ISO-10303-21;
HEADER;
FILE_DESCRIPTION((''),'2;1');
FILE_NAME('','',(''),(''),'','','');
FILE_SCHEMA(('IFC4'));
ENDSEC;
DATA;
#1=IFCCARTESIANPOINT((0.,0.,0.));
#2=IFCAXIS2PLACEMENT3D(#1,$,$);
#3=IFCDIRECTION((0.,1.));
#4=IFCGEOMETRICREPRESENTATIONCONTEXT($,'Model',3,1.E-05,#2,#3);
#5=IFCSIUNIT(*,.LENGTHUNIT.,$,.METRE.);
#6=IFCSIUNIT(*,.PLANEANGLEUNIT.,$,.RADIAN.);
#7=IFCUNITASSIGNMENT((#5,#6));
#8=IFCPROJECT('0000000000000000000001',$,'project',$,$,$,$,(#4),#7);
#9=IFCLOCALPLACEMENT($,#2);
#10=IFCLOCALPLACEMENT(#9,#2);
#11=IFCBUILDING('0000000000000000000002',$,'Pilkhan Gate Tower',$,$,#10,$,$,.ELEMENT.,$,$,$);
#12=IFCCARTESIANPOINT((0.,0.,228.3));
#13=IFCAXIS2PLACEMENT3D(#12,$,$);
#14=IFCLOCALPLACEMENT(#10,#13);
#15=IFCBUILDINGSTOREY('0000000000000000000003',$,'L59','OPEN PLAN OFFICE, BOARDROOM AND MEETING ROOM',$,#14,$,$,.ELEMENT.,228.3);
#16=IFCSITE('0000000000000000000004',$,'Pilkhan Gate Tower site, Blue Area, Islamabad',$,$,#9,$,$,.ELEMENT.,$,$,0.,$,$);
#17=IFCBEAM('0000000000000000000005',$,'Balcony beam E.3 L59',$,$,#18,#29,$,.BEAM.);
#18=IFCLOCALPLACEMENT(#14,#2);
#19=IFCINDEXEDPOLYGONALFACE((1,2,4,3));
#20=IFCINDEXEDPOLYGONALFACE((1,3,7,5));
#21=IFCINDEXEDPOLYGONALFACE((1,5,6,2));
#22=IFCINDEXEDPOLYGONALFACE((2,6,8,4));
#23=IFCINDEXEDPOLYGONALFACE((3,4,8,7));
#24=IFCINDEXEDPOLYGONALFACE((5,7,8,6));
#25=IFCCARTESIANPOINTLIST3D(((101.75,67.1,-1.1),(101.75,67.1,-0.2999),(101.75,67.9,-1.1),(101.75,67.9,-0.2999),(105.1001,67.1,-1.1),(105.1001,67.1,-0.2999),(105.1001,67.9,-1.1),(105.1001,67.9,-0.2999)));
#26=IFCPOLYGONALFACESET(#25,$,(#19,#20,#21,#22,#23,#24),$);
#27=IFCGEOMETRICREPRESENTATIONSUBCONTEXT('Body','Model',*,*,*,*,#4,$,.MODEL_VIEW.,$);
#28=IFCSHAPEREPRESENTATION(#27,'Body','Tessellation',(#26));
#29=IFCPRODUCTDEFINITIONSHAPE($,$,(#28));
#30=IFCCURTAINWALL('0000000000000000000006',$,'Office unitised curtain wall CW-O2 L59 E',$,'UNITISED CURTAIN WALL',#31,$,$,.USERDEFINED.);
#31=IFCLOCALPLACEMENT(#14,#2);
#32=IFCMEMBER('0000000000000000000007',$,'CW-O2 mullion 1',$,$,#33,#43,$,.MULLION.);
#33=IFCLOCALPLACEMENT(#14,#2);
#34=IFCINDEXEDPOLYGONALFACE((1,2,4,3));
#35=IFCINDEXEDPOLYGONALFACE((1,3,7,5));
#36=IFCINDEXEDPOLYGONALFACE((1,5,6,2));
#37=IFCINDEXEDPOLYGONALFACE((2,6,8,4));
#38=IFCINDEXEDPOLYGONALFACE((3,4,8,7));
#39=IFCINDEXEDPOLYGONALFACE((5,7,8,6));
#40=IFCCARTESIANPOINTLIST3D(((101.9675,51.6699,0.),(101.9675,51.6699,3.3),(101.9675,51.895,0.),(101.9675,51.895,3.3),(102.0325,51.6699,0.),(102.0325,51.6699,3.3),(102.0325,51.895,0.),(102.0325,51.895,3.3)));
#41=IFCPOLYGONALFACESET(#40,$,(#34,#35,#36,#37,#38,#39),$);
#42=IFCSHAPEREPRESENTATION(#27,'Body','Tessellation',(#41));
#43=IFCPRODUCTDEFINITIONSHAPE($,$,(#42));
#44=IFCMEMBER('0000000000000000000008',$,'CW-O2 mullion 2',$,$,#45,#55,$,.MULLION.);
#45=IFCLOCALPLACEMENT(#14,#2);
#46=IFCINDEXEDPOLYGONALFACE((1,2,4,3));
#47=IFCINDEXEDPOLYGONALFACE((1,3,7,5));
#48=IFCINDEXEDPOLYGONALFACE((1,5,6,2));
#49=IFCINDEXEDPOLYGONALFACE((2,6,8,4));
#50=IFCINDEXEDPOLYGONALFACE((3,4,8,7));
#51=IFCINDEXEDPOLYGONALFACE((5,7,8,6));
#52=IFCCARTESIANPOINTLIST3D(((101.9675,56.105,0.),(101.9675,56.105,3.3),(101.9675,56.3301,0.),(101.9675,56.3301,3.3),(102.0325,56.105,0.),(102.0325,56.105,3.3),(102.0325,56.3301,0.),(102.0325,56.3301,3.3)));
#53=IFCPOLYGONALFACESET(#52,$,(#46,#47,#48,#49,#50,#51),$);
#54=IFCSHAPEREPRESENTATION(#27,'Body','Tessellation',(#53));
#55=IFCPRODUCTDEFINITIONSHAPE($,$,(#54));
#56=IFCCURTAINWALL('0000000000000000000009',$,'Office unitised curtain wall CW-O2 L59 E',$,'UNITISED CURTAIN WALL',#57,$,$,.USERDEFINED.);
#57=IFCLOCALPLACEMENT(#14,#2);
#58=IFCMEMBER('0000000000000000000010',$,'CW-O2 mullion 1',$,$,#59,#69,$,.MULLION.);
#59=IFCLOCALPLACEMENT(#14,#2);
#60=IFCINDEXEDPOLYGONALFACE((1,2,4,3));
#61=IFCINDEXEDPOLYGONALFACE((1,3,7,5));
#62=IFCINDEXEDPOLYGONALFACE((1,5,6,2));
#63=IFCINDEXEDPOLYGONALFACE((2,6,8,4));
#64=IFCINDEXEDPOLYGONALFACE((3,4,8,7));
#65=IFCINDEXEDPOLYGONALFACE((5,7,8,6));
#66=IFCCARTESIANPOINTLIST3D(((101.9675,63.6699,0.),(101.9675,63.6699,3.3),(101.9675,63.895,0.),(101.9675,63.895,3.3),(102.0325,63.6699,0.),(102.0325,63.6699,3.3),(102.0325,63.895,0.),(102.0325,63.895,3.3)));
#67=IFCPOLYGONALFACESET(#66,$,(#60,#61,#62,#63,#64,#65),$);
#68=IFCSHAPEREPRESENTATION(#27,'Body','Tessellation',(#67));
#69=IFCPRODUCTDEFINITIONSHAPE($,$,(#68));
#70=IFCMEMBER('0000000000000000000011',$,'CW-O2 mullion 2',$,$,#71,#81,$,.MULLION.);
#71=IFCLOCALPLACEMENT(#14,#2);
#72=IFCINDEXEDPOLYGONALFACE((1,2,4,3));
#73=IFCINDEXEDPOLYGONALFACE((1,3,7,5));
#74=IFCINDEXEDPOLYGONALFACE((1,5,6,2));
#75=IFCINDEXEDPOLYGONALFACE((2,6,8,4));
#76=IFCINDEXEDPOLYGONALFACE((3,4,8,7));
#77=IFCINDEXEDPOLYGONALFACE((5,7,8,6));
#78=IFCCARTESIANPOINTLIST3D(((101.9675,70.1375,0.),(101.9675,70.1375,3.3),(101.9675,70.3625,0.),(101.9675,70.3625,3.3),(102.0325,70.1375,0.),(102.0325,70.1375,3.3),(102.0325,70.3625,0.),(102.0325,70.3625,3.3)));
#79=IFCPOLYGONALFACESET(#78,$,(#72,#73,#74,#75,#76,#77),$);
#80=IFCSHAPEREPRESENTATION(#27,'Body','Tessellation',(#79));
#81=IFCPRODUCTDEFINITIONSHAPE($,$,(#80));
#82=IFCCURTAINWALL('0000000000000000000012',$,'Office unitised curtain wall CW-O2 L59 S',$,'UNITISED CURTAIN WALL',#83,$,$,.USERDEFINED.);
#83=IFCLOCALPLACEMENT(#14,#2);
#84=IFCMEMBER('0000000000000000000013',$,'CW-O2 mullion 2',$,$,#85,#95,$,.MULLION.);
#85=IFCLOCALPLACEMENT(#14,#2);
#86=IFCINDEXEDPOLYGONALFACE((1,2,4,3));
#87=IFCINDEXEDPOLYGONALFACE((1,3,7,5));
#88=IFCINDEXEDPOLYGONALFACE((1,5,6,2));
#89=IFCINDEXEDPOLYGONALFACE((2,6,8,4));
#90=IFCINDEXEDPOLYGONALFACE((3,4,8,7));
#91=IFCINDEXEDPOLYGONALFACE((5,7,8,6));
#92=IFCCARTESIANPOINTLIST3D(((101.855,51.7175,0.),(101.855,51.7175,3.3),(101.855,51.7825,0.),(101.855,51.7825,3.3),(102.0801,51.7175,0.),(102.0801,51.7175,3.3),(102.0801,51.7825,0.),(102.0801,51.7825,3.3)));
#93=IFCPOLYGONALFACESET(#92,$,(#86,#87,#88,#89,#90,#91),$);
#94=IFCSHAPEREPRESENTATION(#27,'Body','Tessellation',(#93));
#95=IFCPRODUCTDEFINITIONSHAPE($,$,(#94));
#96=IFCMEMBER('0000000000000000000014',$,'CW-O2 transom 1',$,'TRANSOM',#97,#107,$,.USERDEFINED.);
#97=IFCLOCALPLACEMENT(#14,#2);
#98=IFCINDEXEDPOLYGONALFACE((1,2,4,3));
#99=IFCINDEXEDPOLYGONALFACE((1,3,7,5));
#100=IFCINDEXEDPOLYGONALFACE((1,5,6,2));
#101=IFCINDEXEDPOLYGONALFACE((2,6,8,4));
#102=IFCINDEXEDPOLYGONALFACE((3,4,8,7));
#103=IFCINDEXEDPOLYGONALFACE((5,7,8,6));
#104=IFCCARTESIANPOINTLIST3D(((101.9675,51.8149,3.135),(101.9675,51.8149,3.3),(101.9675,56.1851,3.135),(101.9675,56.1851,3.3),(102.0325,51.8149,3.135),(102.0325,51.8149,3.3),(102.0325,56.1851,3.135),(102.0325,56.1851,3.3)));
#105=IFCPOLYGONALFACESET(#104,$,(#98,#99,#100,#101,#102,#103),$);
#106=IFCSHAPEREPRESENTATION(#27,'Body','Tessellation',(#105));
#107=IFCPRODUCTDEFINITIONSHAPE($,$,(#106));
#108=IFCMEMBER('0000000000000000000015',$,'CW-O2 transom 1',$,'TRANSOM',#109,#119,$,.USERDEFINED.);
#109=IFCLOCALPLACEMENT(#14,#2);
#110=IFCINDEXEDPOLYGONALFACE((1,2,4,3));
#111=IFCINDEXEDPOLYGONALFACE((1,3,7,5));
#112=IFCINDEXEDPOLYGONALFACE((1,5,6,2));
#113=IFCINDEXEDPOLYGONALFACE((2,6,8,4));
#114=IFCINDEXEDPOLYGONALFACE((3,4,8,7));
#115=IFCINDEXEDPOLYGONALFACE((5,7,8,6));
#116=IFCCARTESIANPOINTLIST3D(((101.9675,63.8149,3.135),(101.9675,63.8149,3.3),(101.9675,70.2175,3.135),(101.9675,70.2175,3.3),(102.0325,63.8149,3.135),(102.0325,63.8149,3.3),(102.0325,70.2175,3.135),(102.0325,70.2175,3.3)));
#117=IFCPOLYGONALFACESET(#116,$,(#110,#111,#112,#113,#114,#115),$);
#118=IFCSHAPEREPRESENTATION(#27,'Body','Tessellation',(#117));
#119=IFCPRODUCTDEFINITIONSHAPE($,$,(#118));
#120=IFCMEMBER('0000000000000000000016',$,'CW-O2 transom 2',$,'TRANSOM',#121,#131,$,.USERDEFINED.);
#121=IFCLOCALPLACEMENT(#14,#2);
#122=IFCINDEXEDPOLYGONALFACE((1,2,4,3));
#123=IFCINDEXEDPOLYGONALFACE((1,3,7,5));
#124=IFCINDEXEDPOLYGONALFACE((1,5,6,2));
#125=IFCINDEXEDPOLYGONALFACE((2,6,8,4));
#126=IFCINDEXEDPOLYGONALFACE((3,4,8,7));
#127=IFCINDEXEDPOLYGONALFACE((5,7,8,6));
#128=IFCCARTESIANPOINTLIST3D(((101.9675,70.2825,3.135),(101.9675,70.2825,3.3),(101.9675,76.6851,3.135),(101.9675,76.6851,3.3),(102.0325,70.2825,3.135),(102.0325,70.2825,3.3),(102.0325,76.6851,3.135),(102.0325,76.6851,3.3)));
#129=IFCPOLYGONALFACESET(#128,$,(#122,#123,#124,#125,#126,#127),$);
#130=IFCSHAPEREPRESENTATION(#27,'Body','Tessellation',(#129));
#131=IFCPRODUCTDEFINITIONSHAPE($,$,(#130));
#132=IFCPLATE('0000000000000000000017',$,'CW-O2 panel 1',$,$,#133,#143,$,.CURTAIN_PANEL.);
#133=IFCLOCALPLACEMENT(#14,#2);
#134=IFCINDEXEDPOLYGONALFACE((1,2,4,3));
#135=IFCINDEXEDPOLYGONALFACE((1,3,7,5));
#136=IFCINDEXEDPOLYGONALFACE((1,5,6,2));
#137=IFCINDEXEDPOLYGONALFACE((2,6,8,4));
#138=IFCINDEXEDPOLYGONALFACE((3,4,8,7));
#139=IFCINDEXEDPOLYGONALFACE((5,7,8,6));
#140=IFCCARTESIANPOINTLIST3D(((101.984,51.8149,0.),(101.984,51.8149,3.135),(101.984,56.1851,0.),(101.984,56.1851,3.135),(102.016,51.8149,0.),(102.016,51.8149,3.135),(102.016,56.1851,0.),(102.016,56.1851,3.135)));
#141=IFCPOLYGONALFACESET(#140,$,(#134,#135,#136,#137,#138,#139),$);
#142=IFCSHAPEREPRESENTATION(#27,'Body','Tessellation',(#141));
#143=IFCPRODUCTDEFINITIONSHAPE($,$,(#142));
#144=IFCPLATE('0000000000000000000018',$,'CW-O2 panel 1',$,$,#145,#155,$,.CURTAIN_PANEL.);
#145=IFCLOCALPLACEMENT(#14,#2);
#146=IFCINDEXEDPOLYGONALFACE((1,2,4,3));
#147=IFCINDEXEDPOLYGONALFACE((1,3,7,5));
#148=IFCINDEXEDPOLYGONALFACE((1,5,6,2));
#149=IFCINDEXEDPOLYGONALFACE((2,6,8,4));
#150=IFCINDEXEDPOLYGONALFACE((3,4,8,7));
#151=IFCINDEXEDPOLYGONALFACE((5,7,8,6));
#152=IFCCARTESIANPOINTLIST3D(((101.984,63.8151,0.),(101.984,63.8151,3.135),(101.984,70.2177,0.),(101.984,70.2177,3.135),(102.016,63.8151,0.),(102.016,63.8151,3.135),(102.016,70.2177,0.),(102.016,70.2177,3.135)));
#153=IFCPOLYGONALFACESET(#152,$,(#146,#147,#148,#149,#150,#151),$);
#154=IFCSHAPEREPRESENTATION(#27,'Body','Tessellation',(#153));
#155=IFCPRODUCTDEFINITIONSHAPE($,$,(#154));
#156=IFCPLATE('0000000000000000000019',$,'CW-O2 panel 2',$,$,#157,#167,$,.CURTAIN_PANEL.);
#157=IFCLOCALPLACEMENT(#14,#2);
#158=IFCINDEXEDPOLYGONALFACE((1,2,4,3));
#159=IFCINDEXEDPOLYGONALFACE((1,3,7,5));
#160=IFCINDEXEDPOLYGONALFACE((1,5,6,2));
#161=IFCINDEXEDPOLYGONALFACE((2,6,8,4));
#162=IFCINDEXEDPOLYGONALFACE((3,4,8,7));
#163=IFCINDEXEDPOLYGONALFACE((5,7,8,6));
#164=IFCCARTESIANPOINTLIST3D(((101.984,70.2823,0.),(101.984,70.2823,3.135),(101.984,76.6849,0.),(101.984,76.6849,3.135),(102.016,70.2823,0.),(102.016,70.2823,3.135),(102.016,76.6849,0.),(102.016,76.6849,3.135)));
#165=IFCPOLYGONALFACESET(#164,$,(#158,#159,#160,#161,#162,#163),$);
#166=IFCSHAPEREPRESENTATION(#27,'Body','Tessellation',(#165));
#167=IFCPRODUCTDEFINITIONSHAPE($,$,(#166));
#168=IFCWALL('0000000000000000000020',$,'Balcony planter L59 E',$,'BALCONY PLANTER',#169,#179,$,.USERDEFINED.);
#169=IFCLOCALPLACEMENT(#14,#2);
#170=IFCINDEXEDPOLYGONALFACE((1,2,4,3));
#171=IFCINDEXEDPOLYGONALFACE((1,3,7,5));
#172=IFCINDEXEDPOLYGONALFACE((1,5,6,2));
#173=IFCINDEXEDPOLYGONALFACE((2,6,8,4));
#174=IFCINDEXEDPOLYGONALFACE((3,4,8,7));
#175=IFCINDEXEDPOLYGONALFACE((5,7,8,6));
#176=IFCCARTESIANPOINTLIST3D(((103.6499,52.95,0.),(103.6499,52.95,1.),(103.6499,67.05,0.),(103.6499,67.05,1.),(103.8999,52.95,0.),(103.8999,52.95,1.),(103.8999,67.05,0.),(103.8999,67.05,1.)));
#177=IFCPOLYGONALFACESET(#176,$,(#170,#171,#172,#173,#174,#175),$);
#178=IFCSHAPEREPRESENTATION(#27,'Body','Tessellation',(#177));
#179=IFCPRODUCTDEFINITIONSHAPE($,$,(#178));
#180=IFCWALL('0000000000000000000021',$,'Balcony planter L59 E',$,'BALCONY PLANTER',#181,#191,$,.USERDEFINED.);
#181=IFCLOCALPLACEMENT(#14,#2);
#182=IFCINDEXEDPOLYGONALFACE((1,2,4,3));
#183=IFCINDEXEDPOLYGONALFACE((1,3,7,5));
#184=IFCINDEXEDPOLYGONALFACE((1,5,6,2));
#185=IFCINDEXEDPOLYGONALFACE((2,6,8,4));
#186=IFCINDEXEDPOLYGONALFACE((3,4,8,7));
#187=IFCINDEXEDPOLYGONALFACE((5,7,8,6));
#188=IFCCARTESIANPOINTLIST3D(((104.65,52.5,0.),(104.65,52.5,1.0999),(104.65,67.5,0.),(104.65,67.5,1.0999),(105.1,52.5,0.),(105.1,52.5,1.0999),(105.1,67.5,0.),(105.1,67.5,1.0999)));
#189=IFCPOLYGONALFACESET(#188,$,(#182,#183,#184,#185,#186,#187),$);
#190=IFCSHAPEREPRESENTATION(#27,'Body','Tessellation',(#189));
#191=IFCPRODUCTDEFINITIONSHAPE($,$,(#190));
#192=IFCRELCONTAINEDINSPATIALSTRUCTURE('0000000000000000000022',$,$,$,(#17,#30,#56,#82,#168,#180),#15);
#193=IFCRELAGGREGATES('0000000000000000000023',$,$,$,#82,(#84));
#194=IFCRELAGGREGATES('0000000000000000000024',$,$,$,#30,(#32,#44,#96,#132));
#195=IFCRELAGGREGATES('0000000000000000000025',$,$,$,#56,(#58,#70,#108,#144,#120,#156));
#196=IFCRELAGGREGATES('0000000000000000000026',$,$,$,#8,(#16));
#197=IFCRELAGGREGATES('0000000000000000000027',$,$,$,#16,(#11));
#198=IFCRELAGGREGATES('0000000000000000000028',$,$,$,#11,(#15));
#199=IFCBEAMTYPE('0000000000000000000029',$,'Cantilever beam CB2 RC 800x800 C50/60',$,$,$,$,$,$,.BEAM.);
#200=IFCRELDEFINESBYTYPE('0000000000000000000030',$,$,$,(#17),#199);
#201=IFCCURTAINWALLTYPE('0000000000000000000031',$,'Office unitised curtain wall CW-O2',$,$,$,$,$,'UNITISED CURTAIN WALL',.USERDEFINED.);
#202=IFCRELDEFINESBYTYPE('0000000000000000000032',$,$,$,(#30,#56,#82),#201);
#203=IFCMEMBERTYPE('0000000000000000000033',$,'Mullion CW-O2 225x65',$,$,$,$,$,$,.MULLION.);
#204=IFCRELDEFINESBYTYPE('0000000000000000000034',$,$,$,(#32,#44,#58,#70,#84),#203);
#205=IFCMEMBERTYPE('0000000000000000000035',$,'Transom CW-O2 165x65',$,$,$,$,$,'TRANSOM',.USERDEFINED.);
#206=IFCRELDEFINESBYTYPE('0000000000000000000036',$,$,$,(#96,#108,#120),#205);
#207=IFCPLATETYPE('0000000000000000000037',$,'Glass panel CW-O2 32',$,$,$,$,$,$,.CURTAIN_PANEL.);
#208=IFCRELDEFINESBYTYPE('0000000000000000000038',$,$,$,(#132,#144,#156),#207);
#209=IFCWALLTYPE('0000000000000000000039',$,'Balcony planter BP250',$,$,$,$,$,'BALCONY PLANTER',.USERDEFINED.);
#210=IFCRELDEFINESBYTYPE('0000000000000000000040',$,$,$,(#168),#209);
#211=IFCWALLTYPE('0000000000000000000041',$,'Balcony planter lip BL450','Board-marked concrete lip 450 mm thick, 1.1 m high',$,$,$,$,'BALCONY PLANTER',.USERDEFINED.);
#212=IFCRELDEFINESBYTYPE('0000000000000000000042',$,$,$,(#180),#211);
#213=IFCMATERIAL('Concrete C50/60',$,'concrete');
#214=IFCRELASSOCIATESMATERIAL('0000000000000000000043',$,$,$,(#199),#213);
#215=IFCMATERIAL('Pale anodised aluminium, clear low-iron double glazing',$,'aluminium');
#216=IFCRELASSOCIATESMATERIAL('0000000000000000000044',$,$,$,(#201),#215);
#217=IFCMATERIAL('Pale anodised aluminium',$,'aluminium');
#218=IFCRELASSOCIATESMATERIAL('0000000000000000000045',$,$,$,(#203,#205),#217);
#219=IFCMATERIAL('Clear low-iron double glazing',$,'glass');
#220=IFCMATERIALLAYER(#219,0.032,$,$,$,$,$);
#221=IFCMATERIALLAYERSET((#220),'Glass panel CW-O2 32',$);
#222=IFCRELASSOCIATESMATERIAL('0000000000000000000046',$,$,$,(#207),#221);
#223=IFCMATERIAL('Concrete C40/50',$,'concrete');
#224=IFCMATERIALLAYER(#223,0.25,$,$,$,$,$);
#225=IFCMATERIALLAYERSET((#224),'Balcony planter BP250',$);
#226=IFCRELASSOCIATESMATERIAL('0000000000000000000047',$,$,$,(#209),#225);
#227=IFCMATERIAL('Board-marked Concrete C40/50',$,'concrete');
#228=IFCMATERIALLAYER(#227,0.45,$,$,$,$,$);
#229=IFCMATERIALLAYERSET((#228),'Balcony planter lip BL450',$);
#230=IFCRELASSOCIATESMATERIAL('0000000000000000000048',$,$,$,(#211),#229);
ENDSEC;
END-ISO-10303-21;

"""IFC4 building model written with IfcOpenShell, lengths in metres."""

from ifc_helpers import new_model, si_unit, direction, frame, frame_2d, origin, origin_2d, place, context, subcontext, project, spatial, rectangle, extrude, material, layer, layer_set, material_profile, profile_set, type_object, element, aggregate, save


model = new_model("IFC4")

# Units and contexts
model_context = context("Model", 3, precision=1e-05, world=origin(), true_north=direction((0.0, 1.0)))
body_context = subcontext(model_context, "Body", "Model", "MODEL_VIEW")
ifc_project = project(units=[si_unit("LENGTHUNIT", "METRE"), si_unit("PLANEANGLEUNIT", "RADIAN")], contexts=[model_context])

# Site, building, storey
site_placement = place(None, origin())
site = spatial("IfcSite", under=ifc_project, at=site_placement, Name="Pilkhan Gate Tower site, Blue Area, Islamabad", CompositionType="ELEMENT", RefElevation=0.0)
building_placement = place(site_placement, origin())
building = spatial("IfcBuilding", under=site, at=building_placement, Name="Pilkhan Gate Tower", CompositionType="ELEMENT")
storey_placement = place(building_placement, frame((0.0, 0.0, 228.3)))
storey = spatial("IfcBuildingStorey", under=building, at=storey_placement, Name="L59", Description="OPEN PLAN OFFICE, BOARDROOM AND MEETING ROOM", CompositionType="ELEMENT", Elevation=228.3)

# Beam
ifc_material_1 = material(Name="Concrete C50/60", Category="concrete")
ifc_material_profile_1 = material_profile(ifc_material_1, rectangle(XDim=0.8, YDim=0.8, at=origin_2d()), Name="RC 800x800")
ifc_profile_set_1 = profile_set([ifc_material_profile_1], Name="Concrete C50/60")
beam_type = type_object("IfcBeamType", Name="Cantilever beam CB2 RC 800x800 C50/60", PredefinedType="BEAM", material=ifc_profile_set_1)
beam_placement = place(storey_placement, frame((101.75, 67.5, -0.7), z_axis=(1.0, 0.0, 0.0), x_axis=(0.0, 1.0, 0.0)))
element("IfcBeam", 1, at=beam_placement, inside=storey, type_object=beam_type, Name="Balcony beam E.3 L59", PredefinedType="BEAM", context=body_context, shape_type="SweptSolid", body=[
    extrude(rectangle(XDim=0.8, YDim=0.8, at=origin_2d()), origin(), (0.0, 0.0, 1.0), 3.3501),
])

# Curtain walls, members
ifc_material_2 = material(Name="Pale anodised aluminium, clear low-iron double glazing", Category="aluminium")
curtain_wall_type = type_object("IfcCurtainWallType", Name="Office unitised curtain wall CW-O2", ElementType="UNITISED CURTAIN WALL", PredefinedType="USERDEFINED", material=ifc_material_2)
curtain_wall_1_placement = place(storey_placement, origin())
curtain_wall_1 = element("IfcCurtainWall", 2, at=curtain_wall_1_placement, inside=storey, type_object=curtain_wall_type, Name="Office unitised curtain wall CW-O2 L59 E", ObjectType="UNITISED CURTAIN WALL", PredefinedType="USERDEFINED")
ifc_material_3 = material(Name="Pale anodised aluminium", Category="aluminium")
ifc_material_profile_2 = material_profile(ifc_material_3, rectangle(XDim=0.0649, YDim=0.2251, at=origin_2d()), Name="Mullion 225x65")
ifc_profile_set_2 = profile_set([ifc_material_profile_2], Name="Pale anodised aluminium")
member_type_1 = type_object("IfcMemberType", Name="Mullion CW-O2 225x65", PredefinedType="MULLION", material=ifc_profile_set_2)
member_1_placement = place(storey_placement, frame((102.0, 51.7825, 0.0), z_axis=(0.0, 0.0, 1.0), x_axis=(-1.0, 0.0, 0.0)))
member_1 = element("IfcMember", 3, at=member_1_placement, type_object=member_type_1, Name="CW-O2 mullion 1", PredefinedType="MULLION", context=body_context, shape_type="SweptSolid", body=[
    extrude(rectangle(XDim=0.0649, YDim=0.2251, at=origin_2d()), origin(), (0.0, 0.0, 1.0), 3.3),
])
member_2_placement = place(storey_placement, frame((102.0, 56.2175, 0.0), z_axis=(0.0, 0.0, 1.0), x_axis=(-1.0, 0.0, 0.0)))
member_2 = element("IfcMember", 4, at=member_2_placement, type_object=member_type_1, Name="CW-O2 mullion 2", PredefinedType="MULLION", context=body_context, shape_type="SweptSolid", body=[
    extrude(rectangle(XDim=0.0649, YDim=0.2251, at=origin_2d()), origin(), (0.0, 0.0, 1.0), 3.3),
])
curtain_wall_2_placement = place(storey_placement, origin())
curtain_wall_2 = element("IfcCurtainWall", 5, at=curtain_wall_2_placement, inside=storey, type_object=curtain_wall_type, Name="Office unitised curtain wall CW-O2 L59 E", ObjectType="UNITISED CURTAIN WALL", PredefinedType="USERDEFINED")
member_3_placement = place(storey_placement, frame((102.0, 63.7825, 0.0), z_axis=(0.0, 0.0, 1.0), x_axis=(-1.0, 0.0, 0.0)))
member_3 = element("IfcMember", 6, at=member_3_placement, type_object=member_type_1, Name="CW-O2 mullion 1", PredefinedType="MULLION", context=body_context, shape_type="SweptSolid", body=[
    extrude(rectangle(XDim=0.0649, YDim=0.2251, at=origin_2d()), origin(), (0.0, 0.0, 1.0), 3.3),
])
member_4_placement = place(storey_placement, frame((102.0, 70.25, 0.0), z_axis=(0.0, 0.0, 1.0), x_axis=(-1.0, 0.0, 0.0)))
member_4 = element("IfcMember", 7, at=member_4_placement, type_object=member_type_1, Name="CW-O2 mullion 2", PredefinedType="MULLION", context=body_context, shape_type="SweptSolid", body=[
    extrude(rectangle(XDim=0.0649, YDim=0.2251, at=origin_2d()), origin(), (0.0, 0.0, 1.0), 3.3),
])

# Curtain wall, member
curtain_wall_3_placement = place(storey_placement, origin())
curtain_wall_3 = element("IfcCurtainWall", 8, at=curtain_wall_3_placement, inside=storey, type_object=curtain_wall_type, Name="Office unitised curtain wall CW-O2 L59 S", ObjectType="UNITISED CURTAIN WALL", PredefinedType="USERDEFINED")
member_5_placement = place(storey_placement, frame((101.9675, 51.75, 0.0), z_axis=(0.0, 0.0, 1.0), x_axis=(0.0, 1.0, 0.0)))
member_5 = element("IfcMember", 9, at=member_5_placement, type_object=member_type_1, Name="CW-O2 mullion 2", PredefinedType="MULLION", context=body_context, shape_type="SweptSolid", body=[
    extrude(rectangle(XDim=0.0649, YDim=0.2251, at=origin_2d()), origin(), (0.0, 0.0, 1.0), 3.3),
])
aggregate(curtain_wall_3, [member_5])

# Members
ifc_material_profile_3 = material_profile(ifc_material_3, rectangle(XDim=0.0649, YDim=0.165, at=origin_2d()), Name="Transom 165x65")
ifc_profile_set_3 = profile_set([ifc_material_profile_3], Name="Pale anodised aluminium")
member_type_2 = type_object("IfcMemberType", Name="Transom CW-O2 165x65", ElementType="TRANSOM", PredefinedType="USERDEFINED", material=ifc_profile_set_3)
member_6_placement = place(storey_placement, frame((102.0, 51.8149, 3.2175), z_axis=(0.0, 1.0, 0.0), x_axis=(-1.0, 0.0, 0.0)))
member_6 = element("IfcMember", 10, at=member_6_placement, type_object=member_type_2, Name="CW-O2 transom 1", ObjectType="TRANSOM", PredefinedType="USERDEFINED", context=body_context, shape_type="SweptSolid", body=[
    extrude(rectangle(XDim=0.0649, YDim=0.165, at=origin_2d()), origin(), (0.0, 0.0, 1.0), 4.3701),
])
member_7_placement = place(storey_placement, frame((102.0, 63.8149, 3.2175), z_axis=(0.0, 1.0, 0.0), x_axis=(-1.0, 0.0, 0.0)))
member_7 = element("IfcMember", 11, at=member_7_placement, type_object=member_type_2, Name="CW-O2 transom 1", ObjectType="TRANSOM", PredefinedType="USERDEFINED", context=body_context, shape_type="SweptSolid", body=[
    extrude(rectangle(XDim=0.0649, YDim=0.165, at=origin_2d()), origin(), (0.0, 0.0, 1.0), 6.4026),
])
member_8_placement = place(storey_placement, frame((102.0, 70.2825, 3.2175), z_axis=(0.0, 1.0, 0.0), x_axis=(-1.0, 0.0, 0.0)))
member_8 = element("IfcMember", 12, at=member_8_placement, type_object=member_type_2, Name="CW-O2 transom 2", ObjectType="TRANSOM", PredefinedType="USERDEFINED", context=body_context, shape_type="SweptSolid", body=[
    extrude(rectangle(XDim=0.0649, YDim=0.165, at=origin_2d()), origin(), (0.0, 0.0, 1.0), 6.4026),
])

# Plates
ifc_material_4 = material(Name="Clear low-iron double glazing", Category="glass")
ifc_layer_1 = layer(ifc_material_4, 0.032)
ifc_layer_set_1 = layer_set([ifc_layer_1], Name="Glass panel CW-O2 32")
plate_type = type_object("IfcPlateType", Name="Glass panel CW-O2 32", PredefinedType="CURTAIN_PANEL", material=ifc_layer_set_1)
plate_1_placement = place(storey_placement, frame((102.0, 54.0, 0.0), z_axis=(0.0, 0.0, 1.0), x_axis=(0.0, 1.0, 0.0)))
plate_1 = element("IfcPlate", 13, at=plate_1_placement, type_object=plate_type, Name="CW-O2 panel 1", PredefinedType="CURTAIN_PANEL", context=body_context, shape_type="SweptSolid", body=[
    extrude(rectangle(XDim=4.3701, YDim=0.032, at=origin_2d()), origin(), (0.0, 0.0, 1.0), 3.135),
])
aggregate(curtain_wall_1, [member_1, member_2, member_6, plate_1])
plate_2_placement = place(storey_placement, frame((102.0, 67.0164, 0.0), z_axis=(0.0, 0.0, 1.0), x_axis=(0.0, 1.0, 0.0)))
plate_2 = element("IfcPlate", 14, at=plate_2_placement, type_object=plate_type, Name="CW-O2 panel 1", PredefinedType="CURTAIN_PANEL", context=body_context, shape_type="SweptSolid", body=[
    extrude(rectangle(XDim=6.4026, YDim=0.032, at=origin_2d()), origin(), (0.0, 0.0, 1.0), 3.135),
])
plate_3_placement = place(storey_placement, frame((102.0, 73.4836, 0.0), z_axis=(0.0, 0.0, 1.0), x_axis=(0.0, 1.0, 0.0)))
plate_3 = element("IfcPlate", 15, at=plate_3_placement, type_object=plate_type, Name="CW-O2 panel 2", PredefinedType="CURTAIN_PANEL", context=body_context, shape_type="SweptSolid", body=[
    extrude(rectangle(XDim=6.4026, YDim=0.032, at=origin_2d()), origin(), (0.0, 0.0, 1.0), 3.135),
])
aggregate(curtain_wall_2, [member_3, member_4, member_7, plate_2, member_8, plate_3])

# Walls
ifc_material_5 = material(Name="Concrete C40/50", Category="concrete")
ifc_layer_2 = layer(ifc_material_5, 0.25)
ifc_layer_set_2 = layer_set([ifc_layer_2], Name="Balcony planter BP250")
wall_type_1 = type_object("IfcWallType", Name="Balcony planter BP250", ElementType="BALCONY PLANTER", PredefinedType="USERDEFINED", material=ifc_layer_set_2)
wall_1_placement = place(storey_placement, frame((103.7749, 52.95, 0.0), z_axis=(0.0, 0.0, 1.0), x_axis=(0.0, 1.0, 0.0)))
element("IfcWall", 16, at=wall_1_placement, inside=storey, type_object=wall_type_1, Name="Balcony planter L59 E", ObjectType="BALCONY PLANTER", PredefinedType="USERDEFINED", context=body_context, shape_type="SweptSolid", body=[
    extrude(rectangle(XDim=14.1001, YDim=0.25, at=frame_2d((7.05, 0.0))), origin(), (0.0, 0.0, 1.0), 1.0),
])
ifc_material_6 = material(Name="Board-marked Concrete C40/50", Category="concrete")
ifc_layer_3 = layer(ifc_material_6, 0.45)
ifc_layer_set_3 = layer_set([ifc_layer_3], Name="Balcony planter lip BL450")
wall_type_2 = type_object("IfcWallType", Name="Balcony planter lip BL450", Description="Board-marked concrete lip 450 mm thick, 1.1 m high", ElementType="BALCONY PLANTER", PredefinedType="USERDEFINED", material=ifc_layer_set_3)
wall_2_placement = place(storey_placement, frame((104.875, 52.5, 0.0), z_axis=(0.0, 0.0, 1.0), x_axis=(0.0, 1.0, 0.0)))
element("IfcWall", 17, at=wall_2_placement, inside=storey, type_object=wall_type_2, Name="Balcony planter L59 E", ObjectType="BALCONY PLANTER", PredefinedType="USERDEFINED", context=body_context, shape_type="SweptSolid", body=[
    extrude(rectangle(XDim=15.0, YDim=0.45, at=frame_2d((7.5, 0.0))), origin(), (0.0, 0.0, 1.0), 1.0999),
])

save(model, "model.ifc")
